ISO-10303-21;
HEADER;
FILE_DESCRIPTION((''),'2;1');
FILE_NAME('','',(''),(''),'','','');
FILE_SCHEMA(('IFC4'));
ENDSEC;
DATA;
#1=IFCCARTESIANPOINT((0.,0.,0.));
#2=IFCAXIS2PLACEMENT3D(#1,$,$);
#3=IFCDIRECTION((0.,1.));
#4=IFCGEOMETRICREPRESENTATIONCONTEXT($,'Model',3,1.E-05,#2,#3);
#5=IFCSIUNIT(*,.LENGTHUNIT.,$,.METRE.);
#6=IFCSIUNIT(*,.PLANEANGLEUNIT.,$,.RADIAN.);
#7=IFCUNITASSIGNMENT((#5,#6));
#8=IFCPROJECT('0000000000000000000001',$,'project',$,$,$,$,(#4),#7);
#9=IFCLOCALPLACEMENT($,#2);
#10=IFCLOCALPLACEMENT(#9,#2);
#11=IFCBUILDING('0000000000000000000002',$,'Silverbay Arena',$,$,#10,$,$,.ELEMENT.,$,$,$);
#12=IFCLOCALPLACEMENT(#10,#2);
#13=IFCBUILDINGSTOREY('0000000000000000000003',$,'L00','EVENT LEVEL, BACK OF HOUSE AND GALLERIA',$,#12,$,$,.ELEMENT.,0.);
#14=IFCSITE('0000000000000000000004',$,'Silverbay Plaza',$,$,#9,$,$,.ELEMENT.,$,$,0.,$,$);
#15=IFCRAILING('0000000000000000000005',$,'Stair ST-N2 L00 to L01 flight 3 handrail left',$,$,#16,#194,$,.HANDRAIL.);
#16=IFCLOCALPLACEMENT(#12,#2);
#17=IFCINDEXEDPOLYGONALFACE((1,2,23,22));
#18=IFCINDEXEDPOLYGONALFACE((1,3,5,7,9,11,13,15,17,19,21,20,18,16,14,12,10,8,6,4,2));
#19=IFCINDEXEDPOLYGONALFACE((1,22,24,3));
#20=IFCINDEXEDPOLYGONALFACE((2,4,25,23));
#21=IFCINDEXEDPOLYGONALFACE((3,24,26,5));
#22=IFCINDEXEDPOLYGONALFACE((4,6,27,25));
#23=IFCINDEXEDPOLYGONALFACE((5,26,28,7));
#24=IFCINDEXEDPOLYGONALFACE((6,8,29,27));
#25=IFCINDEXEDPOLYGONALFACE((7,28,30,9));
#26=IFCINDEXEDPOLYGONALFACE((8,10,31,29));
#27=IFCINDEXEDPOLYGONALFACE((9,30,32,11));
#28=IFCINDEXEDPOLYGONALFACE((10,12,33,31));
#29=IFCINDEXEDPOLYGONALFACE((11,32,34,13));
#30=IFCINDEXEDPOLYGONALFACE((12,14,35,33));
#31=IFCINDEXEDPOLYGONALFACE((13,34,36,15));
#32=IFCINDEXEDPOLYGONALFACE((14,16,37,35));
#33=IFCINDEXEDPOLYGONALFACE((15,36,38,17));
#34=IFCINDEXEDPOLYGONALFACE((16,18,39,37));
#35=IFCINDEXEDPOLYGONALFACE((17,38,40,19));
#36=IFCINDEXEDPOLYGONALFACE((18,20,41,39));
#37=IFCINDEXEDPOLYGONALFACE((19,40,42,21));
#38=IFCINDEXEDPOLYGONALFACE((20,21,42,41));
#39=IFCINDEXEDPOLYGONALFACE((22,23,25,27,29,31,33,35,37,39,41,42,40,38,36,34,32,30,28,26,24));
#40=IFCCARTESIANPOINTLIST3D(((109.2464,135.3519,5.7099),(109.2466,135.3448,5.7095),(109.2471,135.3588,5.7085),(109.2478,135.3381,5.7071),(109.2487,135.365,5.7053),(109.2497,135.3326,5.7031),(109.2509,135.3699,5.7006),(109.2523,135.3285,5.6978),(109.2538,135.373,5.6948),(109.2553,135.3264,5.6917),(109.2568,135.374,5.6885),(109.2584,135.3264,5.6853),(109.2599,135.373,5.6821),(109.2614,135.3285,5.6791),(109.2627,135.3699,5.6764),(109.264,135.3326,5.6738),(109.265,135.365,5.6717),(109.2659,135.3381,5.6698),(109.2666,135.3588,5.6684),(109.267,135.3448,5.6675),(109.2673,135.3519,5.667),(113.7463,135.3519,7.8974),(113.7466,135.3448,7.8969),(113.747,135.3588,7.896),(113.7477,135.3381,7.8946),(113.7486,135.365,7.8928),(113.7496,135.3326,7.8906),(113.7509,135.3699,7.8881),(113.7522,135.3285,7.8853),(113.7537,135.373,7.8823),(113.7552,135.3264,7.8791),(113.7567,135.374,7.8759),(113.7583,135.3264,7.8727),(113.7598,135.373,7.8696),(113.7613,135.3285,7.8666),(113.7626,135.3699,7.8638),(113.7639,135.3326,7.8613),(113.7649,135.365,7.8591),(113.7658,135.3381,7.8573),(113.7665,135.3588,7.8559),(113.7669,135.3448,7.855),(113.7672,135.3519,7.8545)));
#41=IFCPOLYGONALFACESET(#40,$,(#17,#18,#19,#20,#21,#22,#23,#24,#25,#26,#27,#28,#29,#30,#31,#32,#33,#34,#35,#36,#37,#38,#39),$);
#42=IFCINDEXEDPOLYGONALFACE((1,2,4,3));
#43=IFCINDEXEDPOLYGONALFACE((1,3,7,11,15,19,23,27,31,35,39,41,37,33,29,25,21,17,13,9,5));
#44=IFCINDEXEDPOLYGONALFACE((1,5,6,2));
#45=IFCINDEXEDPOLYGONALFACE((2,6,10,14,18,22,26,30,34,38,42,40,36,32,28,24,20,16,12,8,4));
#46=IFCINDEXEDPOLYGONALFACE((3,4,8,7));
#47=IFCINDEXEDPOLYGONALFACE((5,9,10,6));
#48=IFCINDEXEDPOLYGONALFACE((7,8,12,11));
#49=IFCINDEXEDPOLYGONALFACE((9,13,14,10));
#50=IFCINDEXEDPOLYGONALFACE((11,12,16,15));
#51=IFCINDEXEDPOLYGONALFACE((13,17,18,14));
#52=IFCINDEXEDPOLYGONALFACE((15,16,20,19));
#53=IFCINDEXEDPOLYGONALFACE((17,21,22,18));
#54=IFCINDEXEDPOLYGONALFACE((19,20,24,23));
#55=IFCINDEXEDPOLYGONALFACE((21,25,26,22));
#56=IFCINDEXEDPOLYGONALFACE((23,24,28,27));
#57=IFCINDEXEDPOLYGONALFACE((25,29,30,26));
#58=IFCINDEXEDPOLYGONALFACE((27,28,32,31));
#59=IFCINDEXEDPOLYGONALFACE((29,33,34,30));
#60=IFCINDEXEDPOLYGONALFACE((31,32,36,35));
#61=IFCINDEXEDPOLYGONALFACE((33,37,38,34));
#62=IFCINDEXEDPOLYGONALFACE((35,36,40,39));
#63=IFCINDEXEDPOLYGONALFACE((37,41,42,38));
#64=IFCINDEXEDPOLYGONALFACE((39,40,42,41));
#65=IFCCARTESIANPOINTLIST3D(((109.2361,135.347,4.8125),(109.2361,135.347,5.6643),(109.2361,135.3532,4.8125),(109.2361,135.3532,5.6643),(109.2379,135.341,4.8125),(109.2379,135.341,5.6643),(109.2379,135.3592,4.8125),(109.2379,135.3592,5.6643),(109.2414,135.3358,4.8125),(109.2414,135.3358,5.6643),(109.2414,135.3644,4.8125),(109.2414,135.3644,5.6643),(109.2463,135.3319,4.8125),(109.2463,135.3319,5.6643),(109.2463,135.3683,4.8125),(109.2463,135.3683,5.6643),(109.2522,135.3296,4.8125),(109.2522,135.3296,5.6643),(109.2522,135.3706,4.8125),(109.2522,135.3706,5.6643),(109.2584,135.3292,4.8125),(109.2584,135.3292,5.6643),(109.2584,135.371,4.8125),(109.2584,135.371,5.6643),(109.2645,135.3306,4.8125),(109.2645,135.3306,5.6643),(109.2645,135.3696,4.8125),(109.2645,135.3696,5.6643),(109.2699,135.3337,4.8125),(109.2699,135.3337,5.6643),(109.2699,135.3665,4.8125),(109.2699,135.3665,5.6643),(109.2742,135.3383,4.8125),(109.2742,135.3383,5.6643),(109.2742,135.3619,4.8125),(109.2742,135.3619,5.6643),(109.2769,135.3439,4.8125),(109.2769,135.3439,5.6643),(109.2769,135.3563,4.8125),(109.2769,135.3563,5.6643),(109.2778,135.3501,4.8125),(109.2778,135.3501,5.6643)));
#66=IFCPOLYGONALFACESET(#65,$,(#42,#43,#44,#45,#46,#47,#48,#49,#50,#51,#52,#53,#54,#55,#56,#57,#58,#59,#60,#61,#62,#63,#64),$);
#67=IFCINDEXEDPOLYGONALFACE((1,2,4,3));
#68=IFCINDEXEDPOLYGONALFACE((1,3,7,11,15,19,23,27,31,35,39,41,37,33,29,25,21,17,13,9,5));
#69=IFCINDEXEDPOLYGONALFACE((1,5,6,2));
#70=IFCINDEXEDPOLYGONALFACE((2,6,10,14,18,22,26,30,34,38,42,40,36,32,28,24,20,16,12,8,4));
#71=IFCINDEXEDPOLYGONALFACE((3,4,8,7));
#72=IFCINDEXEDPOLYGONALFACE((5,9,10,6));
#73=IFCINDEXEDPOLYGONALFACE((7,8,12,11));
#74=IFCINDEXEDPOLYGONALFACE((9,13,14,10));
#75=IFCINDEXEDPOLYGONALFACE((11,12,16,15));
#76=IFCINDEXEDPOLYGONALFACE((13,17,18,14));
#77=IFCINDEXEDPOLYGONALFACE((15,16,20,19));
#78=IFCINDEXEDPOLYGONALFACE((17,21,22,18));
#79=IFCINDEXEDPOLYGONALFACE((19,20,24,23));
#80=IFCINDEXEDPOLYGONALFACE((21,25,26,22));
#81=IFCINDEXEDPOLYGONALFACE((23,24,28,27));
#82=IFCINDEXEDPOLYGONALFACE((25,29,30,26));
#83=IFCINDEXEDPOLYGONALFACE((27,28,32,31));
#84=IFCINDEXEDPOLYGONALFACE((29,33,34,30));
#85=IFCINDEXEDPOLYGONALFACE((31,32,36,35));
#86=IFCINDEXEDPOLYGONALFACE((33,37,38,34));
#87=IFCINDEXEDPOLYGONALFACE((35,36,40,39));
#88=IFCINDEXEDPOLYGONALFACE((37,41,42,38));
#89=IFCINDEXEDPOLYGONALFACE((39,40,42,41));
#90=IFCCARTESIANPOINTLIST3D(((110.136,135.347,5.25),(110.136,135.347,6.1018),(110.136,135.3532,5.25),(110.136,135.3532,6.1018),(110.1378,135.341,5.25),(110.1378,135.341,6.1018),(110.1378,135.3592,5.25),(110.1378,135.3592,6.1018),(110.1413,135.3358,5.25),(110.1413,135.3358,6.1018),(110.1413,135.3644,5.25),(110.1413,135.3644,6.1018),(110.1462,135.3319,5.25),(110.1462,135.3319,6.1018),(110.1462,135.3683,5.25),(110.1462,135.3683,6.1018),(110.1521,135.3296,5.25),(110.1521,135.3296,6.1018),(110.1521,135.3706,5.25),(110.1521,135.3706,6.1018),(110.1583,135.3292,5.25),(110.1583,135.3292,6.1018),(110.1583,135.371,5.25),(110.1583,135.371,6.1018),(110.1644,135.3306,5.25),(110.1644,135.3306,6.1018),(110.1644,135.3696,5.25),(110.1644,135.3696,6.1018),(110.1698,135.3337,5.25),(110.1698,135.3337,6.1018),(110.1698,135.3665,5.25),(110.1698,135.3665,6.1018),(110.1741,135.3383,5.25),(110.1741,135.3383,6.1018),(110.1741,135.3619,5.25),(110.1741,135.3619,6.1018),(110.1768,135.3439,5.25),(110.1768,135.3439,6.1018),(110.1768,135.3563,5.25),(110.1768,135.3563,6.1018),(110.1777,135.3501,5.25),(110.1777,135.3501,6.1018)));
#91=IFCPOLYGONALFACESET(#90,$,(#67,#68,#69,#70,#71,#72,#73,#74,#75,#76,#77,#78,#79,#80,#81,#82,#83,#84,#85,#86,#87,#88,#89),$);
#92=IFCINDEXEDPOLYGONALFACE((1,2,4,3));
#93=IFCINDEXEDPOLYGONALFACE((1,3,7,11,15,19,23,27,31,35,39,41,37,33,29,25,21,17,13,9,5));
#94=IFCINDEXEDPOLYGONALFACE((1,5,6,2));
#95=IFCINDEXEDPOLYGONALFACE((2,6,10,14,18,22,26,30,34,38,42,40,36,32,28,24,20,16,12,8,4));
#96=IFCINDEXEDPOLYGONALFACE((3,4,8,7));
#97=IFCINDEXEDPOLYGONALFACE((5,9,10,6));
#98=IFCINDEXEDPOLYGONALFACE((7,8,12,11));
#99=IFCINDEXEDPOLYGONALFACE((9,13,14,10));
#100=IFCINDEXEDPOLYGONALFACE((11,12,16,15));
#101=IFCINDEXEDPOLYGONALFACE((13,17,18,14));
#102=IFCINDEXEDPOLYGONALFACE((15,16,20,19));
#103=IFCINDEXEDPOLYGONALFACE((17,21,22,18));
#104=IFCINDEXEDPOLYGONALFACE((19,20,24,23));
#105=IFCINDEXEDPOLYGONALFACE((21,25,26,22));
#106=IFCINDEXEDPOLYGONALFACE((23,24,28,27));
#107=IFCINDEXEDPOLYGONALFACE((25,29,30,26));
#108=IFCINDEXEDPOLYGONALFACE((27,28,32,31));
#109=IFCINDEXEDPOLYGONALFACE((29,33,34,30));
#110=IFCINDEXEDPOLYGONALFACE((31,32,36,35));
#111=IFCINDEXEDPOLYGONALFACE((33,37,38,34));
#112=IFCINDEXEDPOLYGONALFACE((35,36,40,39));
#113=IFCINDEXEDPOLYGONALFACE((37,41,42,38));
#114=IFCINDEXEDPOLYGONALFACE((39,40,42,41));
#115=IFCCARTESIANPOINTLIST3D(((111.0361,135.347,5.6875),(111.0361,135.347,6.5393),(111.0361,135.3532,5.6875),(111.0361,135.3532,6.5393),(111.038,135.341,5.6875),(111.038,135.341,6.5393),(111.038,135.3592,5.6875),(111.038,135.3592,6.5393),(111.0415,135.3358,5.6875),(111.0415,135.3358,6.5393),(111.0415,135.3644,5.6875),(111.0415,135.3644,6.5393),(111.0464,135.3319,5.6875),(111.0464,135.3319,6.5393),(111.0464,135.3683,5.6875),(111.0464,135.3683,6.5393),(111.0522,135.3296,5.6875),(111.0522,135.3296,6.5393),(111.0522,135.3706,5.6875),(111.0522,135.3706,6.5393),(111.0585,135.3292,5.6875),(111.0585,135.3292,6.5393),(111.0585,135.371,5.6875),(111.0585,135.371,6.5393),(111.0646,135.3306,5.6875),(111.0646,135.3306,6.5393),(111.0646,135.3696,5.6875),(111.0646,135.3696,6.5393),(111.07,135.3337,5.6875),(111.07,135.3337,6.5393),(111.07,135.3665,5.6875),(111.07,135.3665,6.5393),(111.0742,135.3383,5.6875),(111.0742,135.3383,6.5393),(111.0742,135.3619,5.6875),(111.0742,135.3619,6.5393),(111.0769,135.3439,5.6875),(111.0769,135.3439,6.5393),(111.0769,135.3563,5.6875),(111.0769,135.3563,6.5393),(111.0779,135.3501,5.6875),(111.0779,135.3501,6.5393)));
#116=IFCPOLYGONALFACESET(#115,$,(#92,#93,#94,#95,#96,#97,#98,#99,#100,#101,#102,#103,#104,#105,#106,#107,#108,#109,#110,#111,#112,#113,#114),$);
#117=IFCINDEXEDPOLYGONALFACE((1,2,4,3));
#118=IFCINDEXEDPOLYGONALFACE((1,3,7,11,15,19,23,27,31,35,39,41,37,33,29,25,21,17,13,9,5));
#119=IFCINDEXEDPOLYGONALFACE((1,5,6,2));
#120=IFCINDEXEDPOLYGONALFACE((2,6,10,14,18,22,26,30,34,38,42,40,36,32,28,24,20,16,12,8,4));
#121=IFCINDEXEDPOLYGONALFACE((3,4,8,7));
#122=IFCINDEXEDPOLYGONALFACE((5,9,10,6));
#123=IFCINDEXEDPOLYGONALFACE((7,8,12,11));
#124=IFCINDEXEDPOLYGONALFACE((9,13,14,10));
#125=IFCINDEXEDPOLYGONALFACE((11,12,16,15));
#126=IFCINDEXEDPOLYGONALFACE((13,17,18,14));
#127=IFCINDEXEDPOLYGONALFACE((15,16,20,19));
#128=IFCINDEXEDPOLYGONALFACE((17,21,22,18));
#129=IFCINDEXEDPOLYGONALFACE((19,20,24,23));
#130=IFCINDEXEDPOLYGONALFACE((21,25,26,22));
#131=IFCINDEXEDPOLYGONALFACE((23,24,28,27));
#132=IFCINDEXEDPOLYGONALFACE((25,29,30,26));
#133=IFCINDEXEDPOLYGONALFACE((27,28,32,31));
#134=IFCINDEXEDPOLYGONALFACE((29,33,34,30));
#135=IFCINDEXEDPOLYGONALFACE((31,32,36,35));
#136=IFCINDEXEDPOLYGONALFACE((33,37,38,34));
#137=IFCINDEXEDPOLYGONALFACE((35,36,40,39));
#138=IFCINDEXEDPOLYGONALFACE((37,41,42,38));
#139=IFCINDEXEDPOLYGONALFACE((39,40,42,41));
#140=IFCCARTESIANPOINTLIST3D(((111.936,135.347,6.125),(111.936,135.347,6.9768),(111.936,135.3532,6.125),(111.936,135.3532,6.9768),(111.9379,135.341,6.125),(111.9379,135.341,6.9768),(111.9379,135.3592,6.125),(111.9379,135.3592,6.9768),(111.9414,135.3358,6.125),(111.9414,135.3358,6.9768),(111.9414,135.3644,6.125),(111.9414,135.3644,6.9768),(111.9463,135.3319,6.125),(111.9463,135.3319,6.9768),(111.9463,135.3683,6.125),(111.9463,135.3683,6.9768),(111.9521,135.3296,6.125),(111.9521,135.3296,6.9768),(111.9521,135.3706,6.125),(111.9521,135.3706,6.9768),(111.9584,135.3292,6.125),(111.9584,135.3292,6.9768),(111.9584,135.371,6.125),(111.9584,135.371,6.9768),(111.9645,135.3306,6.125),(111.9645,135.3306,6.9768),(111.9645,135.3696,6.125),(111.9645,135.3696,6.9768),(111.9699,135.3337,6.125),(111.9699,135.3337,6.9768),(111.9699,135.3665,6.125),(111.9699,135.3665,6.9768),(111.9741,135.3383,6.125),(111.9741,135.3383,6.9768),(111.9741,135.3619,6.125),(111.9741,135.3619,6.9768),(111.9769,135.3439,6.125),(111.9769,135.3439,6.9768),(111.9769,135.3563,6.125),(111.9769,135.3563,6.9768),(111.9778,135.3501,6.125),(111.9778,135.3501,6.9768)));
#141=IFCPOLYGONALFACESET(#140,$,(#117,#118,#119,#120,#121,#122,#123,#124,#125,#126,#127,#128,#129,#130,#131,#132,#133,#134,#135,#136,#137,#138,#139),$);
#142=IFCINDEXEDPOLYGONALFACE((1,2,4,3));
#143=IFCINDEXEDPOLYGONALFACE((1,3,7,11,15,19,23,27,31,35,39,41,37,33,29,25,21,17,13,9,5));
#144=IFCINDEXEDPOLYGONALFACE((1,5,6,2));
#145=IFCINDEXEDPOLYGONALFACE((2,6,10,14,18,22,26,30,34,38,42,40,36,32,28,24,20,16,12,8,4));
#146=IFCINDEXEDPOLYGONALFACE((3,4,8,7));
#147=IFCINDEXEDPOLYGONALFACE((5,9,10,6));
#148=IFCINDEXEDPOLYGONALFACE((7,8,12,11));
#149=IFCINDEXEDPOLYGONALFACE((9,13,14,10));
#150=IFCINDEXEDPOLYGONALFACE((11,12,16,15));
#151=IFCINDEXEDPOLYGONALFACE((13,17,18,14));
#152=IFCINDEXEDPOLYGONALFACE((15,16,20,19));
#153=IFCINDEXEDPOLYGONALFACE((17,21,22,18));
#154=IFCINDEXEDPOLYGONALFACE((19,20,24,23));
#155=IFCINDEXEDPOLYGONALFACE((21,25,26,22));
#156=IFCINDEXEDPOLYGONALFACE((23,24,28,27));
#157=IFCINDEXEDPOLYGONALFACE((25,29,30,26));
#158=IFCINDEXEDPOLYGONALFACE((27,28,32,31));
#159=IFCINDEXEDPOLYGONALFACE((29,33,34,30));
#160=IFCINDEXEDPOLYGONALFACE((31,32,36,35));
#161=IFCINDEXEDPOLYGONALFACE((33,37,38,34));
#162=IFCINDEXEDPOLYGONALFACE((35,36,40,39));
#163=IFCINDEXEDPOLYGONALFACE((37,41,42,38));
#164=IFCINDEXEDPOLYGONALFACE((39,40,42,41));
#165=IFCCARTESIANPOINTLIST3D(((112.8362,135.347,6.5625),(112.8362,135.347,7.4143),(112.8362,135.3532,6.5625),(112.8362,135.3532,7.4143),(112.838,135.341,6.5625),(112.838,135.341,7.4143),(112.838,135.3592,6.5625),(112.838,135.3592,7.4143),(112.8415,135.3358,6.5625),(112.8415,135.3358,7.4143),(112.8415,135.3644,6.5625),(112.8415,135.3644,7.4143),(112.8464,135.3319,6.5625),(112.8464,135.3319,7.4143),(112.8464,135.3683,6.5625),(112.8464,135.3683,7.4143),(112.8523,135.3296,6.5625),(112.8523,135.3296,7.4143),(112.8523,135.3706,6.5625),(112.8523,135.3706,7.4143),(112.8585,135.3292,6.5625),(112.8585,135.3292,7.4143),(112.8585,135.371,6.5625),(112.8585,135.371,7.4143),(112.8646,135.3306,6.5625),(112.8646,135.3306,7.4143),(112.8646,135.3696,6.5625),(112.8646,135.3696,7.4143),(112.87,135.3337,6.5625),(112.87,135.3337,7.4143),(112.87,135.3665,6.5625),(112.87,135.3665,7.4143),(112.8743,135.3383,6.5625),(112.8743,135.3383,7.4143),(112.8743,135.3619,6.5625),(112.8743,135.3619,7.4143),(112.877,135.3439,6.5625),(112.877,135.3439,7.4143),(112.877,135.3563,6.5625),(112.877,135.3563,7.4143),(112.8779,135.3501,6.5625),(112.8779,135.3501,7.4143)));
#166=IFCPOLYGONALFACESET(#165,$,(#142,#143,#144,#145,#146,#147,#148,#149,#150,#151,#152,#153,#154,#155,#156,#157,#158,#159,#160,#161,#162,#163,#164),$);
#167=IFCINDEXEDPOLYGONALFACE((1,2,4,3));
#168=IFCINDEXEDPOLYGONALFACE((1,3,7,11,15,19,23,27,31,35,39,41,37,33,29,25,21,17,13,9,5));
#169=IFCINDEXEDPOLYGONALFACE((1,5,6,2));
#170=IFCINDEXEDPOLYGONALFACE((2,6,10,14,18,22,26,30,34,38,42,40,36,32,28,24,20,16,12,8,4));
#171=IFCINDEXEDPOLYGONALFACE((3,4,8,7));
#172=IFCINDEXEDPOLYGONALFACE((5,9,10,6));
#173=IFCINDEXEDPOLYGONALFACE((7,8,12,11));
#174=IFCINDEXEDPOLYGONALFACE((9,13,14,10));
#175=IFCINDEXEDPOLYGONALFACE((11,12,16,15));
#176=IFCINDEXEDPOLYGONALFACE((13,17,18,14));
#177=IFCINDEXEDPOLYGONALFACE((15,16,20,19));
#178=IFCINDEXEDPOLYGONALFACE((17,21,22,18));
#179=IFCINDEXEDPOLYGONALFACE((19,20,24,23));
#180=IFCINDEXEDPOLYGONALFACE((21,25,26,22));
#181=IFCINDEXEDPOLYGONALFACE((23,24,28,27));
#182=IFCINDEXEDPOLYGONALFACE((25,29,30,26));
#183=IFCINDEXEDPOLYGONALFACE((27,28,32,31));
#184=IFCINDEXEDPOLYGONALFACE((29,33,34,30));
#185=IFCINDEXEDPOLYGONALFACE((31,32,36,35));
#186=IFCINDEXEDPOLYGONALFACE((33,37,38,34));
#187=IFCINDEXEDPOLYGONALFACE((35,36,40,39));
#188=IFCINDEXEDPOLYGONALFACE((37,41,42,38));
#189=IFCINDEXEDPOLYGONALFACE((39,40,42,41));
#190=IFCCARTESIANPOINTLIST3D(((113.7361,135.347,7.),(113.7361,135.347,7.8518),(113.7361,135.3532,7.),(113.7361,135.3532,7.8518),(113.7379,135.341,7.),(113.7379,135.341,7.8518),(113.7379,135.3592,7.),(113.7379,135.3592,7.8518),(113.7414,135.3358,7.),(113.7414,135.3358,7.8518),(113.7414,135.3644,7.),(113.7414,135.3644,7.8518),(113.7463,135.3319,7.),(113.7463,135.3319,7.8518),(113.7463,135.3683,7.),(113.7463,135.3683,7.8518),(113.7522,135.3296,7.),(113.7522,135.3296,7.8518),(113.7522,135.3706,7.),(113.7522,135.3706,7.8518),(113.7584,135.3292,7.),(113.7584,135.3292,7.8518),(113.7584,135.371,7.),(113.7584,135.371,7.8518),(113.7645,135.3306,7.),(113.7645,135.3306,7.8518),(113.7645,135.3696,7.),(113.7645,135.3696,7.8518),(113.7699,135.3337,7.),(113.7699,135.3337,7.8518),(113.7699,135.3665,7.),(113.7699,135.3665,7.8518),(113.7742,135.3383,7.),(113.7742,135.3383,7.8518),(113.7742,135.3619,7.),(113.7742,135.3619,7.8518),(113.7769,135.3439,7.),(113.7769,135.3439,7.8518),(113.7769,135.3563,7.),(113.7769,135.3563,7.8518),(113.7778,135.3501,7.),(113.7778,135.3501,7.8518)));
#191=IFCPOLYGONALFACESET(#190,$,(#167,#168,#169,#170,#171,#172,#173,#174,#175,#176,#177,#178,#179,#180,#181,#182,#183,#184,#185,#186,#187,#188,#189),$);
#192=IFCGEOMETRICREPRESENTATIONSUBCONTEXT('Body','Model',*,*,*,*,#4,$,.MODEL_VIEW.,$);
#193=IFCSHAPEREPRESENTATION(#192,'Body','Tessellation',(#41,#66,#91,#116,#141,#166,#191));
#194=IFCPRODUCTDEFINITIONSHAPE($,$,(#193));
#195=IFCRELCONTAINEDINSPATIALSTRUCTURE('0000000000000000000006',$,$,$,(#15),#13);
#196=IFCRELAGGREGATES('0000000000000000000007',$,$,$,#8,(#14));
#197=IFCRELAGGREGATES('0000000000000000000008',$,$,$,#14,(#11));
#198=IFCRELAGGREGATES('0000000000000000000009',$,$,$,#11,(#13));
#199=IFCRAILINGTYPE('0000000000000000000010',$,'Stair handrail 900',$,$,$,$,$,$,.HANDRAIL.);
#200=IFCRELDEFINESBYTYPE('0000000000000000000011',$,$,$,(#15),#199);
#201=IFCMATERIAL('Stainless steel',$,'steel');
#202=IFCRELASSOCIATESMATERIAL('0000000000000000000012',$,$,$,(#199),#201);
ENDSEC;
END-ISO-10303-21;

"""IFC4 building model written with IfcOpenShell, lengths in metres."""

from ifc_helpers import new_model, si_unit, direction, frame, origin, origin_2d, place, context, subcontext, project, spatial, circle, extrude, material, type_object, element, save


model = new_model("IFC4")

# Units and contexts
model_context = context("Model", 3, precision=1e-05, world=origin(), true_north=direction((0.0, 1.0)))
body_context = subcontext(model_context, "Body", "Model", "MODEL_VIEW")
ifc_project = project(units=[si_unit("LENGTHUNIT", "METRE"), si_unit("PLANEANGLEUNIT", "RADIAN")], contexts=[model_context])

# Site, building, storey
site_placement = place(None, origin())
site = spatial("IfcSite", under=ifc_project, at=site_placement, Name="Silverbay Plaza", CompositionType="ELEMENT", RefElevation=0.0)
building_placement = place(site_placement, origin())
building = spatial("IfcBuilding", under=site, at=building_placement, Name="Silverbay Arena", CompositionType="ELEMENT")
storey_placement = place(building_placement, origin())
storey = spatial("IfcBuildingStorey", under=building, at=storey_placement, Name="L00", Description="EVENT LEVEL, BACK OF HOUSE AND GALLERIA", CompositionType="ELEMENT", Elevation=0.0)

# Railing
ifc_material_1 = material(Name="Stainless steel", Category="steel")
railing_type_1 = type_object("IfcRailingType", Name="Stair handrail 900", PredefinedType="HANDRAIL", material=ifc_material_1)
for number, where, name in (
    (1, (109.2568, 135.3501, 4.8125), "Stair ST-N2 L00 to L01 flight 3 handrail left"),
):
    element("IfcRailing", number, at=place(storey_placement, frame(where)), inside=storey, type_object=railing_type_1, Name=name, PredefinedType="HANDRAIL", context=body_context, shape_type="SweptSolid", body=[
        extrude(circle(Radius=0.0239, at=origin_2d()), frame((0.0, 0.0, 0.876), z_axis=(0.899368, 0.0, 0.437193), x_axis=(0.0, 1.0, 0.0)), (0.0, 0.0, 1.0), 5.0034),
        extrude(circle(Radius=0.021, at=origin_2d()), origin(), (0.0, 0.0, 1.0), 0.8518),
        extrude(circle(Radius=0.021, at=origin_2d()), frame((0.8999, 0.0, 0.4375)), (0.0, 0.0, 1.0), 0.8518),
        extrude(circle(Radius=0.021, at=origin_2d()), frame((1.8, 0.0, 0.875)), (0.0, 0.0, 1.0), 0.8518),
        extrude(circle(Radius=0.021, at=origin_2d()), frame((2.7, 0.0, 1.3125)), (0.0, 0.0, 1.0), 0.8518),
        extrude(circle(Radius=0.021, at=origin_2d()), frame((3.6001, 0.0, 1.75)), (0.0, 0.0, 1.0), 0.8518),
        extrude(circle(Radius=0.021, at=origin_2d()), frame((4.5, 0.0, 2.1875)), (0.0, 0.0, 1.0), 0.8518),
    ])

save(model, "model.ifc")
